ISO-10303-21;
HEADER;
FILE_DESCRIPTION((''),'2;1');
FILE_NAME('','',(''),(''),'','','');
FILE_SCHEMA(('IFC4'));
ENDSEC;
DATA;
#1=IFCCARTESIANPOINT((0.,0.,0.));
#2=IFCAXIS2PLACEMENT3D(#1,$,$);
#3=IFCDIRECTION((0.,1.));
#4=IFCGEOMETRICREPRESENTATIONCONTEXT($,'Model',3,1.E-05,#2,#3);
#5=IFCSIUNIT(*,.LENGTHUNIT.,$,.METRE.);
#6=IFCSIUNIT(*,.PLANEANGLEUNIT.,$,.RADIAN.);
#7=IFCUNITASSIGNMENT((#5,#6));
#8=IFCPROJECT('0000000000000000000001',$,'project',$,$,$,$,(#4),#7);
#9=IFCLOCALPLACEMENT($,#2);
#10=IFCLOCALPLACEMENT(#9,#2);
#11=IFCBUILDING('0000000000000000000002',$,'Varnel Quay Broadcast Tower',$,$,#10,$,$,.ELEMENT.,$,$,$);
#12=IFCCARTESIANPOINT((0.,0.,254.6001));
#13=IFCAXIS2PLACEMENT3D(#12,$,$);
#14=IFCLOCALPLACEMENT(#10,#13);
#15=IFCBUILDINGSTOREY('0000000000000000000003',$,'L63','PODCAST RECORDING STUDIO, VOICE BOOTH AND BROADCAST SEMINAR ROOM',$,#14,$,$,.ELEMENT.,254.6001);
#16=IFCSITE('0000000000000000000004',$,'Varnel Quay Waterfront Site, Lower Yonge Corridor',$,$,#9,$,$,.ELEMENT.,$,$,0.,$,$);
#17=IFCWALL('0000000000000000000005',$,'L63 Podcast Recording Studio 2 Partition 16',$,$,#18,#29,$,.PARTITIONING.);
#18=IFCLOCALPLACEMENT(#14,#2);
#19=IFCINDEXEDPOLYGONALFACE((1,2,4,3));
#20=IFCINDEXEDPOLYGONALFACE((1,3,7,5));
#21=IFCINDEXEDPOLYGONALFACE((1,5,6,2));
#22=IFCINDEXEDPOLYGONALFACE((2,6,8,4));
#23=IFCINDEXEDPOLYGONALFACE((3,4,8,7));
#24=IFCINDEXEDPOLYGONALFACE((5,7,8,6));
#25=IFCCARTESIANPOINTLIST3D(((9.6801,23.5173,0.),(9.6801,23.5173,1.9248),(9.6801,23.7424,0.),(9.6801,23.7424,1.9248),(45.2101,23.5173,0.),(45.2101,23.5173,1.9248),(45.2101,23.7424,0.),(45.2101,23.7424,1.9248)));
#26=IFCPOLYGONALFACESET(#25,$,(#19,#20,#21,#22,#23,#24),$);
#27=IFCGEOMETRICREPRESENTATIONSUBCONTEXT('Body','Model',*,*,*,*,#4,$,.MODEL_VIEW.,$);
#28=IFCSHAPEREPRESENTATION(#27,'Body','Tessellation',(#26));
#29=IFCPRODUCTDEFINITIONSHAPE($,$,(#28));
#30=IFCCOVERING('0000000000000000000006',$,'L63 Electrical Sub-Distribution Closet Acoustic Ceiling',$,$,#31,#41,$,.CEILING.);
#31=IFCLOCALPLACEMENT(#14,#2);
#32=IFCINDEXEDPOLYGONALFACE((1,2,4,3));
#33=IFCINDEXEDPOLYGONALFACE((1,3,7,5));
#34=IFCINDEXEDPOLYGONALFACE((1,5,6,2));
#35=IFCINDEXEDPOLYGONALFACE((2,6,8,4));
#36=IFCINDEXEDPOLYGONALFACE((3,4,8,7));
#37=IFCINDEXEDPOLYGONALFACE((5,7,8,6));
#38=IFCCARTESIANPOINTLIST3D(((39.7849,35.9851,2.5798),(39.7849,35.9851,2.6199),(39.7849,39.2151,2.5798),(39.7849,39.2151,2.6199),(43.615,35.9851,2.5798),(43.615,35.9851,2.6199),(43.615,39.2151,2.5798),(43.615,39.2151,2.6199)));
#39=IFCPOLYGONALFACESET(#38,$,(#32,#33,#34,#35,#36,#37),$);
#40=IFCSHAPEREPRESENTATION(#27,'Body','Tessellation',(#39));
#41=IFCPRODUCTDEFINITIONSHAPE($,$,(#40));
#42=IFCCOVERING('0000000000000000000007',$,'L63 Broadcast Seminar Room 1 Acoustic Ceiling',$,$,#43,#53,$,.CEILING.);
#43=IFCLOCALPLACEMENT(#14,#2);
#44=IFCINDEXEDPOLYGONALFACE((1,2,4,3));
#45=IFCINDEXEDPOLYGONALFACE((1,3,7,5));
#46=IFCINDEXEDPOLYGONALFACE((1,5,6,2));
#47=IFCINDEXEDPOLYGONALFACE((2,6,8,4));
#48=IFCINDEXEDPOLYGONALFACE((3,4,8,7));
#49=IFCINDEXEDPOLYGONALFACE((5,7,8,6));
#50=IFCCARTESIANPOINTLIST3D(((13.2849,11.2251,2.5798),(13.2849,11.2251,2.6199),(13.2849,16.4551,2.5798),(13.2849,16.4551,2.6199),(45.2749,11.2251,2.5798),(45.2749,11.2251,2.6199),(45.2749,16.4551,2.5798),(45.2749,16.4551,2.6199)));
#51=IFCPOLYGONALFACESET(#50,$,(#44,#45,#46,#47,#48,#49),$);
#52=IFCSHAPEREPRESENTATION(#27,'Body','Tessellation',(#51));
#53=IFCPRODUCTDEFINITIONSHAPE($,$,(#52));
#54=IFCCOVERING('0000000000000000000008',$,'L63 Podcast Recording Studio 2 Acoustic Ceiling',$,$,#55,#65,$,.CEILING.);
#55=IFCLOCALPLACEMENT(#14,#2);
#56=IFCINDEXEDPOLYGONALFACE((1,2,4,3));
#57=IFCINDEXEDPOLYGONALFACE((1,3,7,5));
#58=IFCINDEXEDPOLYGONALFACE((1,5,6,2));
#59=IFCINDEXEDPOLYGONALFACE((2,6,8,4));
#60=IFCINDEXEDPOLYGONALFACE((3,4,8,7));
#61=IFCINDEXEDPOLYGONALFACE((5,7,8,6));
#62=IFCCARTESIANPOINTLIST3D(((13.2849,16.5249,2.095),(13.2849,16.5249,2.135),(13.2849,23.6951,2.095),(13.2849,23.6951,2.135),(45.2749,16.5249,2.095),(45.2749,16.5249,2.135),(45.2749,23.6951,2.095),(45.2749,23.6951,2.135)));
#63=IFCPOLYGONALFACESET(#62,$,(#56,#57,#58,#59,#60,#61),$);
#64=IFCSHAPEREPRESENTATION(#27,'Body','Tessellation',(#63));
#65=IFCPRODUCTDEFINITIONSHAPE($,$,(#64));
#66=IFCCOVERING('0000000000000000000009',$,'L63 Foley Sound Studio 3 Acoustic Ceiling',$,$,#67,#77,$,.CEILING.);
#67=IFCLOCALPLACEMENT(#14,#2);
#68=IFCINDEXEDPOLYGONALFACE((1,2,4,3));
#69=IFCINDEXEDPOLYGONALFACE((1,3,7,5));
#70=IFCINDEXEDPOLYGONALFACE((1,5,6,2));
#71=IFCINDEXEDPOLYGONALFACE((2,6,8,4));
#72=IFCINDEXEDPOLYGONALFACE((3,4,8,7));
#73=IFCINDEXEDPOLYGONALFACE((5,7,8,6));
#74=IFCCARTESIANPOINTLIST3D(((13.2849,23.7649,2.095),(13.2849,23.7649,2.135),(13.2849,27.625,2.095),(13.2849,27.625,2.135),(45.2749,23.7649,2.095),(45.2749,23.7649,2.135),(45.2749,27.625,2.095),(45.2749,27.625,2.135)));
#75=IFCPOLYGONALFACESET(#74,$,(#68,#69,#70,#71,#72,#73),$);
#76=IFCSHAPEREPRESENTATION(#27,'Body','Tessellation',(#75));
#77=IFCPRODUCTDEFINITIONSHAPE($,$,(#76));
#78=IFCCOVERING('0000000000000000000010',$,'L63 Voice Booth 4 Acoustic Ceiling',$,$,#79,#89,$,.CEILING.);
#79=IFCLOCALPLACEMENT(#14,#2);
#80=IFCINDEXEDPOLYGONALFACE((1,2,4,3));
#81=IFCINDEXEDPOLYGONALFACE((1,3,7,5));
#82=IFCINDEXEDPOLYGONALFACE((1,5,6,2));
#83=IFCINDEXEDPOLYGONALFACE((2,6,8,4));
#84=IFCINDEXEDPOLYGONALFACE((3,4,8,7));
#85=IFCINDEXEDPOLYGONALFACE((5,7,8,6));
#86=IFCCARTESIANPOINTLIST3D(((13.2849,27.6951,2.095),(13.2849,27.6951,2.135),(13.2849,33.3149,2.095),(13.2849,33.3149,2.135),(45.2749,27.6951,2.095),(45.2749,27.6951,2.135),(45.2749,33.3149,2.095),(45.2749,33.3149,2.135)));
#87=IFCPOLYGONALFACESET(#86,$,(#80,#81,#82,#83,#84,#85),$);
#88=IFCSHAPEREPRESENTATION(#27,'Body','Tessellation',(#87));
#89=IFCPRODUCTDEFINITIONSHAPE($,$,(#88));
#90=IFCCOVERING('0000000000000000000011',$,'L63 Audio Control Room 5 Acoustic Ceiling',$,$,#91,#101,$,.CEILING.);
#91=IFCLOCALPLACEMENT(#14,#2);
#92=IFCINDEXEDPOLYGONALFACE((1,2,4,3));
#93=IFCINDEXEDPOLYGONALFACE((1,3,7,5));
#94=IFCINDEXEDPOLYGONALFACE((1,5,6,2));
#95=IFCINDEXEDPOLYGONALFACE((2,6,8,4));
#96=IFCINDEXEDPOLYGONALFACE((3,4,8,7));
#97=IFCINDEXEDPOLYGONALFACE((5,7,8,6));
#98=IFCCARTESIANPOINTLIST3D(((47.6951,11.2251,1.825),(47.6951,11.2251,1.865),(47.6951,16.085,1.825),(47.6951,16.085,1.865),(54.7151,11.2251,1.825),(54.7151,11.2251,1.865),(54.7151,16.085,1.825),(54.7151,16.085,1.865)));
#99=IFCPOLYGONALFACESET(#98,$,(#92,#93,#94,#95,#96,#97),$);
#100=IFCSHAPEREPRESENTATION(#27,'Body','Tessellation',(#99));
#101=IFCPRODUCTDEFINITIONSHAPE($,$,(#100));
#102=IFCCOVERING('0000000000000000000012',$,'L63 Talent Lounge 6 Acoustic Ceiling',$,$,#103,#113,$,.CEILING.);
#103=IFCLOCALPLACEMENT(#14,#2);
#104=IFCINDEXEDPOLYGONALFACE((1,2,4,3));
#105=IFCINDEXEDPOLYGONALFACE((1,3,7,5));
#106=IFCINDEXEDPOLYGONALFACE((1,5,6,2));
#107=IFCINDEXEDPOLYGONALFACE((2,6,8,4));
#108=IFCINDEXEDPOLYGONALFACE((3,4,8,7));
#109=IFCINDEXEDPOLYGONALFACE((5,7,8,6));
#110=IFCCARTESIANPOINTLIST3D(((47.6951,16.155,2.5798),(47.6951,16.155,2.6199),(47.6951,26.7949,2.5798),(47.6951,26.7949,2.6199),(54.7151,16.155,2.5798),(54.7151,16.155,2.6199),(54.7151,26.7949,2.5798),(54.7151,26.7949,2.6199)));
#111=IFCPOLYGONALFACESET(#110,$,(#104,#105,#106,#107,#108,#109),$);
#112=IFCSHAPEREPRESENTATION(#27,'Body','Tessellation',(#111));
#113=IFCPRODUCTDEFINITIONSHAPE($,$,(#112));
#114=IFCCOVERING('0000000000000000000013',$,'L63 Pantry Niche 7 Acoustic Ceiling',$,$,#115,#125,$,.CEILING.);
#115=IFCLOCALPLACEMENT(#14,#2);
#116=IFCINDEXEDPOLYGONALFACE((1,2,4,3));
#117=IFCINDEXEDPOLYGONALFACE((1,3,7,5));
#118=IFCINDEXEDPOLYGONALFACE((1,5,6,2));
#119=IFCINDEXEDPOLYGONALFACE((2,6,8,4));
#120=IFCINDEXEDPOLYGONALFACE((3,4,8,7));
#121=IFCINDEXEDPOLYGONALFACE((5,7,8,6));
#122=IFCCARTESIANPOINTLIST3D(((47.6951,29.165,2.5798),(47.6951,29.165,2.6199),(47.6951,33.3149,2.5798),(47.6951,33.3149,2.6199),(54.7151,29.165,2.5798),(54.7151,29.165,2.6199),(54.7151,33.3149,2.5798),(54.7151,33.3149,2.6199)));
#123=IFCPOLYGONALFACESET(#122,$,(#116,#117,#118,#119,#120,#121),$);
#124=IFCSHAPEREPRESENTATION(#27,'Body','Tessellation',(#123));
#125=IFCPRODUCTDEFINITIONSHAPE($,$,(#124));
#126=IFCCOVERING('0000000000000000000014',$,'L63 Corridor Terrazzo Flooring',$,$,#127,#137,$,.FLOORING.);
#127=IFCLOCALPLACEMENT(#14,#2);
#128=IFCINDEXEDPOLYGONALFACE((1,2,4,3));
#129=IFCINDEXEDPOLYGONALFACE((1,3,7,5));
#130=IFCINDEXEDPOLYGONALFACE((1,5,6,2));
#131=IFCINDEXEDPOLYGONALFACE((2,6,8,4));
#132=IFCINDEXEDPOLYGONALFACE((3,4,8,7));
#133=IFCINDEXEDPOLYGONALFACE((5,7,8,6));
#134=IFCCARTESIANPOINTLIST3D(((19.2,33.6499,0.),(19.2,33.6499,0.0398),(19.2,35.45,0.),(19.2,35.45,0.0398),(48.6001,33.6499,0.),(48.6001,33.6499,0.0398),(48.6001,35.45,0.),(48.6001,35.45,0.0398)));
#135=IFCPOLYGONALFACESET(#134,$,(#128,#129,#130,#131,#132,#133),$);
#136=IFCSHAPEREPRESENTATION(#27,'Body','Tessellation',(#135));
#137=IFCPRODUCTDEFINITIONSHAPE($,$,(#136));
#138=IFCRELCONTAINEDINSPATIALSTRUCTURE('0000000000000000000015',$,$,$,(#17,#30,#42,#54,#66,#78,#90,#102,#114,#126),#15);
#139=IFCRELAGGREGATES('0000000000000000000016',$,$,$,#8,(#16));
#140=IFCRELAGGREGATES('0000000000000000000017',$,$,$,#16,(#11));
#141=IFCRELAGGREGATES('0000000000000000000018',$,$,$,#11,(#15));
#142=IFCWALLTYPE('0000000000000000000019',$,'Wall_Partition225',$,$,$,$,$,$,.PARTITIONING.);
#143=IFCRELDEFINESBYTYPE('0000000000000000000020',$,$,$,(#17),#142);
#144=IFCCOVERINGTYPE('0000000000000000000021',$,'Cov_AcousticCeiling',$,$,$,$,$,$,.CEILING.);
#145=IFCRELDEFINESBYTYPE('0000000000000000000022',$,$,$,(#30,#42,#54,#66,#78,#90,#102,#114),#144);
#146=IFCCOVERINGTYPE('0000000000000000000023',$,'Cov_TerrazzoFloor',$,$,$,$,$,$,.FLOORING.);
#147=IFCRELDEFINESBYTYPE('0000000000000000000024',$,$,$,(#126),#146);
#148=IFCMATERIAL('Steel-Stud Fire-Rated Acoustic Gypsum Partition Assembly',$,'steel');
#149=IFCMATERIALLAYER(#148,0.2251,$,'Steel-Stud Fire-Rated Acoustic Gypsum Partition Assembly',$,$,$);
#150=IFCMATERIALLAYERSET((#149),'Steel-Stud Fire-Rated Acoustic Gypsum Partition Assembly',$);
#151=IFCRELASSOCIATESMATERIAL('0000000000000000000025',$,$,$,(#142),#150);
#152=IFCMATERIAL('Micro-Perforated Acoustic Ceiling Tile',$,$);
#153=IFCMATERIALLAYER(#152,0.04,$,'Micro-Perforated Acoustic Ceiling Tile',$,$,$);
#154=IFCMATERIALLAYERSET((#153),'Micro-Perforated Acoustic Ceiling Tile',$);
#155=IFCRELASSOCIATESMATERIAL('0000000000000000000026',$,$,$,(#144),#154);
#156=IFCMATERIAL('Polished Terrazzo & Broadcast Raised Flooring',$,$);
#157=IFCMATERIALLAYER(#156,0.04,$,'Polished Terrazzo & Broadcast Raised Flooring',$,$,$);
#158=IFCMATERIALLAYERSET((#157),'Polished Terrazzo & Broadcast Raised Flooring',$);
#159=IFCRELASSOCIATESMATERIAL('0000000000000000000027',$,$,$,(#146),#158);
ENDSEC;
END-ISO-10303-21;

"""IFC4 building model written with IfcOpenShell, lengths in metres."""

from ifc_helpers import new_model, si_unit, direction, frame, frame_2d, origin, place, context, subcontext, project, spatial, polyline, rectangle, outline, extrude, material, layer, layer_set, type_object, element, save


model = new_model("IFC4")

# Units and contexts
model_context = context("Model", 3, precision=1e-05, world=origin(), true_north=direction((0.0, 1.0)))
body_context = subcontext(model_context, "Body", "Model", "MODEL_VIEW")
ifc_project = project(units=[si_unit("LENGTHUNIT", "METRE"), si_unit("PLANEANGLEUNIT", "RADIAN")], contexts=[model_context])

# Site, building, storey
site_placement = place(None, origin())
site = spatial("IfcSite", under=ifc_project, at=site_placement, Name="Varnel Quay Waterfront Site, Lower Yonge Corridor", CompositionType="ELEMENT", RefElevation=0.0)
building_placement = place(site_placement, origin())
building = spatial("IfcBuilding", under=site, at=building_placement, Name="Varnel Quay Broadcast Tower", CompositionType="ELEMENT")
storey_placement = place(building_placement, frame((0.0, 0.0, 254.6001)))
storey = spatial("IfcBuildingStorey", under=building, at=storey_placement, Name="L63", Description="PODCAST RECORDING STUDIO, VOICE BOOTH AND BROADCAST SEMINAR ROOM", CompositionType="ELEMENT", Elevation=254.6001)

# Wall
ifc_material_1 = material(Name="Steel-Stud Fire-Rated Acoustic Gypsum Partition Assembly", Category="steel")
ifc_layer_1 = layer(ifc_material_1, 0.2251, Name="Steel-Stud Fire-Rated Acoustic Gypsum Partition Assembly")
ifc_layer_set_1 = layer_set([ifc_layer_1], Name="Steel-Stud Fire-Rated Acoustic Gypsum Partition Assembly")
wall_type_1 = type_object("IfcWallType", Name="Wall_Partition225", PredefinedType="PARTITIONING", material=ifc_layer_set_1)
wall_1_placement = place(storey_placement, frame((9.6799, 23.6299, 0.0), z_axis=(0.0, 0.0, 1.0), x_axis=(1.0, 0.0, 0.0)))
element("IfcWall", 1, at=wall_1_placement, inside=storey, type_object=wall_type_1, Name="L63 Podcast Recording Studio 2 Partition 16", PredefinedType="PARTITIONING", context=body_context, shape_type="SweptSolid", body=[
    extrude(rectangle(XDim=35.53, YDim=0.2251, at=frame_2d((17.7651, 0.0))), origin(), (0.0, 0.0, 1.0), 1.9248),
])

# Coverings
ifc_material_2 = material(Name="Micro-Perforated Acoustic Ceiling Tile")
ifc_layer_2 = layer(ifc_material_2, 0.04, Name="Micro-Perforated Acoustic Ceiling Tile")
ifc_layer_set_2 = layer_set([ifc_layer_2], Name="Micro-Perforated Acoustic Ceiling Tile")
covering_type_1 = type_object("IfcCoveringType", Name="Cov_AcousticCeiling", PredefinedType="CEILING", material=ifc_layer_set_2)
covering_1_placement = place(storey_placement, frame((0.0, 0.0, 2.5798)))
element("IfcCovering", 2, at=covering_1_placement, inside=storey, type_object=covering_type_1, Name="L63 Electrical Sub-Distribution Closet Acoustic Ceiling", PredefinedType="CEILING", context=body_context, shape_type="SweptSolid", body=[
    extrude(outline(polyline([(39.7849, 35.9851), (43.615, 35.9851), (43.615, 39.2151), (39.7849, 39.2151), (39.7849, 35.9851)])), origin(), (0.0, 0.0, 1.0), 0.04),
])
covering_2_placement = place(storey_placement, frame((0.0, 0.0, 2.5798)))
element("IfcCovering", 3, at=covering_2_placement, inside=storey, type_object=covering_type_1, Name="L63 Broadcast Seminar Room 1 Acoustic Ceiling", PredefinedType="CEILING", context=body_context, shape_type="SweptSolid", body=[
    extrude(outline(polyline([(13.2849, 11.2251), (45.2749, 11.2251), (45.2749, 16.4551), (13.2849, 16.4551), (13.2849, 11.2251)])), origin(), (0.0, 0.0, 1.0), 0.04),
])
covering_3_placement = place(storey_placement, frame((0.0, 0.0, 2.095)))
element("IfcCovering", 4, at=covering_3_placement, inside=storey, type_object=covering_type_1, Name="L63 Podcast Recording Studio 2 Acoustic Ceiling", PredefinedType="CEILING", context=body_context, shape_type="SweptSolid", body=[
    extrude(outline(polyline([(13.2849, 16.5249), (45.2749, 16.5249), (45.2749, 23.6951), (13.2849, 23.6951), (13.2849, 16.5249)])), origin(), (0.0, 0.0, 1.0), 0.04),
])
covering_4_placement = place(storey_placement, frame((0.0, 0.0, 2.095)))
element("IfcCovering", 5, at=covering_4_placement, inside=storey, type_object=covering_type_1, Name="L63 Foley Sound Studio 3 Acoustic Ceiling", PredefinedType="CEILING", context=body_context, shape_type="SweptSolid", body=[
    extrude(outline(polyline([(13.2849, 23.7649), (45.2749, 23.7649), (45.2749, 27.625), (13.2849, 27.625), (13.2849, 23.7649)])), origin(), (0.0, 0.0, 1.0), 0.04),
])
covering_5_placement = place(storey_placement, frame((0.0, 0.0, 2.095)))
element("IfcCovering", 6, at=covering_5_placement, inside=storey, type_object=covering_type_1, Name="L63 Voice Booth 4 Acoustic Ceiling", PredefinedType="CEILING", context=body_context, shape_type="SweptSolid", body=[
    extrude(outline(polyline([(13.2849, 27.6951), (45.2749, 27.6951), (45.2749, 33.3149), (13.2849, 33.3149), (13.2849, 27.6951)])), origin(), (0.0, 0.0, 1.0), 0.04),
])
covering_6_placement = place(storey_placement, frame((0.0, 0.0, 1.825)))
element("IfcCovering", 7, at=covering_6_placement, inside=storey, type_object=covering_type_1, Name="L63 Audio Control Room 5 Acoustic Ceiling", PredefinedType="CEILING", context=body_context, shape_type="SweptSolid", body=[
    extrude(outline(polyline([(47.6951, 11.2251), (54.7151, 11.2251), (54.7151, 16.085), (47.6951, 16.085), (47.6951, 11.2251)])), origin(), (0.0, 0.0, 1.0), 0.04),
])
covering_7_placement = place(storey_placement, frame((0.0, 0.0, 2.5798)))
element("IfcCovering", 8, at=covering_7_placement, inside=storey, type_object=covering_type_1, Name="L63 Talent Lounge 6 Acoustic Ceiling", PredefinedType="CEILING", context=body_context, shape_type="SweptSolid", body=[
    extrude(outline(polyline([(47.6951, 16.155), (54.7151, 16.155), (54.7151, 26.7949), (47.6951, 26.7949), (47.6951, 16.155)])), origin(), (0.0, 0.0, 1.0), 0.04),
])
covering_8_placement = place(storey_placement, frame((0.0, 0.0, 2.5798)))
element("IfcCovering", 9, at=covering_8_placement, inside=storey, type_object=covering_type_1, Name="L63 Pantry Niche 7 Acoustic Ceiling", PredefinedType="CEILING", context=body_context, shape_type="SweptSolid", body=[
    extrude(outline(polyline([(47.6951, 29.165), (54.7151, 29.165), (54.7151, 33.3149), (47.6951, 33.3149), (47.6951, 29.165)])), origin(), (0.0, 0.0, 1.0), 0.04),
])
ifc_material_3 = material(Name="Polished Terrazzo & Broadcast Raised Flooring")
ifc_layer_3 = layer(ifc_material_3, 0.04, Name="Polished Terrazzo & Broadcast Raised Flooring")
ifc_layer_set_3 = layer_set([ifc_layer_3], Name="Polished Terrazzo & Broadcast Raised Flooring")
covering_type_2 = type_object("IfcCoveringType", Name="Cov_TerrazzoFloor", PredefinedType="FLOORING", material=ifc_layer_set_3)
covering_9_placement = place(storey_placement, origin())
element("IfcCovering", 10, at=covering_9_placement, inside=storey, type_object=covering_type_2, Name="L63 Corridor Terrazzo Flooring", PredefinedType="FLOORING", context=body_context, shape_type="SweptSolid", body=[
    extrude(outline(polyline([(19.2, 33.6499), (48.6001, 33.6499), (48.6001, 35.45), (19.2, 35.45), (19.2, 33.6499)])), origin(), (0.0, 0.0, 1.0), 0.0398),
])

save(model, "model.ifc")
